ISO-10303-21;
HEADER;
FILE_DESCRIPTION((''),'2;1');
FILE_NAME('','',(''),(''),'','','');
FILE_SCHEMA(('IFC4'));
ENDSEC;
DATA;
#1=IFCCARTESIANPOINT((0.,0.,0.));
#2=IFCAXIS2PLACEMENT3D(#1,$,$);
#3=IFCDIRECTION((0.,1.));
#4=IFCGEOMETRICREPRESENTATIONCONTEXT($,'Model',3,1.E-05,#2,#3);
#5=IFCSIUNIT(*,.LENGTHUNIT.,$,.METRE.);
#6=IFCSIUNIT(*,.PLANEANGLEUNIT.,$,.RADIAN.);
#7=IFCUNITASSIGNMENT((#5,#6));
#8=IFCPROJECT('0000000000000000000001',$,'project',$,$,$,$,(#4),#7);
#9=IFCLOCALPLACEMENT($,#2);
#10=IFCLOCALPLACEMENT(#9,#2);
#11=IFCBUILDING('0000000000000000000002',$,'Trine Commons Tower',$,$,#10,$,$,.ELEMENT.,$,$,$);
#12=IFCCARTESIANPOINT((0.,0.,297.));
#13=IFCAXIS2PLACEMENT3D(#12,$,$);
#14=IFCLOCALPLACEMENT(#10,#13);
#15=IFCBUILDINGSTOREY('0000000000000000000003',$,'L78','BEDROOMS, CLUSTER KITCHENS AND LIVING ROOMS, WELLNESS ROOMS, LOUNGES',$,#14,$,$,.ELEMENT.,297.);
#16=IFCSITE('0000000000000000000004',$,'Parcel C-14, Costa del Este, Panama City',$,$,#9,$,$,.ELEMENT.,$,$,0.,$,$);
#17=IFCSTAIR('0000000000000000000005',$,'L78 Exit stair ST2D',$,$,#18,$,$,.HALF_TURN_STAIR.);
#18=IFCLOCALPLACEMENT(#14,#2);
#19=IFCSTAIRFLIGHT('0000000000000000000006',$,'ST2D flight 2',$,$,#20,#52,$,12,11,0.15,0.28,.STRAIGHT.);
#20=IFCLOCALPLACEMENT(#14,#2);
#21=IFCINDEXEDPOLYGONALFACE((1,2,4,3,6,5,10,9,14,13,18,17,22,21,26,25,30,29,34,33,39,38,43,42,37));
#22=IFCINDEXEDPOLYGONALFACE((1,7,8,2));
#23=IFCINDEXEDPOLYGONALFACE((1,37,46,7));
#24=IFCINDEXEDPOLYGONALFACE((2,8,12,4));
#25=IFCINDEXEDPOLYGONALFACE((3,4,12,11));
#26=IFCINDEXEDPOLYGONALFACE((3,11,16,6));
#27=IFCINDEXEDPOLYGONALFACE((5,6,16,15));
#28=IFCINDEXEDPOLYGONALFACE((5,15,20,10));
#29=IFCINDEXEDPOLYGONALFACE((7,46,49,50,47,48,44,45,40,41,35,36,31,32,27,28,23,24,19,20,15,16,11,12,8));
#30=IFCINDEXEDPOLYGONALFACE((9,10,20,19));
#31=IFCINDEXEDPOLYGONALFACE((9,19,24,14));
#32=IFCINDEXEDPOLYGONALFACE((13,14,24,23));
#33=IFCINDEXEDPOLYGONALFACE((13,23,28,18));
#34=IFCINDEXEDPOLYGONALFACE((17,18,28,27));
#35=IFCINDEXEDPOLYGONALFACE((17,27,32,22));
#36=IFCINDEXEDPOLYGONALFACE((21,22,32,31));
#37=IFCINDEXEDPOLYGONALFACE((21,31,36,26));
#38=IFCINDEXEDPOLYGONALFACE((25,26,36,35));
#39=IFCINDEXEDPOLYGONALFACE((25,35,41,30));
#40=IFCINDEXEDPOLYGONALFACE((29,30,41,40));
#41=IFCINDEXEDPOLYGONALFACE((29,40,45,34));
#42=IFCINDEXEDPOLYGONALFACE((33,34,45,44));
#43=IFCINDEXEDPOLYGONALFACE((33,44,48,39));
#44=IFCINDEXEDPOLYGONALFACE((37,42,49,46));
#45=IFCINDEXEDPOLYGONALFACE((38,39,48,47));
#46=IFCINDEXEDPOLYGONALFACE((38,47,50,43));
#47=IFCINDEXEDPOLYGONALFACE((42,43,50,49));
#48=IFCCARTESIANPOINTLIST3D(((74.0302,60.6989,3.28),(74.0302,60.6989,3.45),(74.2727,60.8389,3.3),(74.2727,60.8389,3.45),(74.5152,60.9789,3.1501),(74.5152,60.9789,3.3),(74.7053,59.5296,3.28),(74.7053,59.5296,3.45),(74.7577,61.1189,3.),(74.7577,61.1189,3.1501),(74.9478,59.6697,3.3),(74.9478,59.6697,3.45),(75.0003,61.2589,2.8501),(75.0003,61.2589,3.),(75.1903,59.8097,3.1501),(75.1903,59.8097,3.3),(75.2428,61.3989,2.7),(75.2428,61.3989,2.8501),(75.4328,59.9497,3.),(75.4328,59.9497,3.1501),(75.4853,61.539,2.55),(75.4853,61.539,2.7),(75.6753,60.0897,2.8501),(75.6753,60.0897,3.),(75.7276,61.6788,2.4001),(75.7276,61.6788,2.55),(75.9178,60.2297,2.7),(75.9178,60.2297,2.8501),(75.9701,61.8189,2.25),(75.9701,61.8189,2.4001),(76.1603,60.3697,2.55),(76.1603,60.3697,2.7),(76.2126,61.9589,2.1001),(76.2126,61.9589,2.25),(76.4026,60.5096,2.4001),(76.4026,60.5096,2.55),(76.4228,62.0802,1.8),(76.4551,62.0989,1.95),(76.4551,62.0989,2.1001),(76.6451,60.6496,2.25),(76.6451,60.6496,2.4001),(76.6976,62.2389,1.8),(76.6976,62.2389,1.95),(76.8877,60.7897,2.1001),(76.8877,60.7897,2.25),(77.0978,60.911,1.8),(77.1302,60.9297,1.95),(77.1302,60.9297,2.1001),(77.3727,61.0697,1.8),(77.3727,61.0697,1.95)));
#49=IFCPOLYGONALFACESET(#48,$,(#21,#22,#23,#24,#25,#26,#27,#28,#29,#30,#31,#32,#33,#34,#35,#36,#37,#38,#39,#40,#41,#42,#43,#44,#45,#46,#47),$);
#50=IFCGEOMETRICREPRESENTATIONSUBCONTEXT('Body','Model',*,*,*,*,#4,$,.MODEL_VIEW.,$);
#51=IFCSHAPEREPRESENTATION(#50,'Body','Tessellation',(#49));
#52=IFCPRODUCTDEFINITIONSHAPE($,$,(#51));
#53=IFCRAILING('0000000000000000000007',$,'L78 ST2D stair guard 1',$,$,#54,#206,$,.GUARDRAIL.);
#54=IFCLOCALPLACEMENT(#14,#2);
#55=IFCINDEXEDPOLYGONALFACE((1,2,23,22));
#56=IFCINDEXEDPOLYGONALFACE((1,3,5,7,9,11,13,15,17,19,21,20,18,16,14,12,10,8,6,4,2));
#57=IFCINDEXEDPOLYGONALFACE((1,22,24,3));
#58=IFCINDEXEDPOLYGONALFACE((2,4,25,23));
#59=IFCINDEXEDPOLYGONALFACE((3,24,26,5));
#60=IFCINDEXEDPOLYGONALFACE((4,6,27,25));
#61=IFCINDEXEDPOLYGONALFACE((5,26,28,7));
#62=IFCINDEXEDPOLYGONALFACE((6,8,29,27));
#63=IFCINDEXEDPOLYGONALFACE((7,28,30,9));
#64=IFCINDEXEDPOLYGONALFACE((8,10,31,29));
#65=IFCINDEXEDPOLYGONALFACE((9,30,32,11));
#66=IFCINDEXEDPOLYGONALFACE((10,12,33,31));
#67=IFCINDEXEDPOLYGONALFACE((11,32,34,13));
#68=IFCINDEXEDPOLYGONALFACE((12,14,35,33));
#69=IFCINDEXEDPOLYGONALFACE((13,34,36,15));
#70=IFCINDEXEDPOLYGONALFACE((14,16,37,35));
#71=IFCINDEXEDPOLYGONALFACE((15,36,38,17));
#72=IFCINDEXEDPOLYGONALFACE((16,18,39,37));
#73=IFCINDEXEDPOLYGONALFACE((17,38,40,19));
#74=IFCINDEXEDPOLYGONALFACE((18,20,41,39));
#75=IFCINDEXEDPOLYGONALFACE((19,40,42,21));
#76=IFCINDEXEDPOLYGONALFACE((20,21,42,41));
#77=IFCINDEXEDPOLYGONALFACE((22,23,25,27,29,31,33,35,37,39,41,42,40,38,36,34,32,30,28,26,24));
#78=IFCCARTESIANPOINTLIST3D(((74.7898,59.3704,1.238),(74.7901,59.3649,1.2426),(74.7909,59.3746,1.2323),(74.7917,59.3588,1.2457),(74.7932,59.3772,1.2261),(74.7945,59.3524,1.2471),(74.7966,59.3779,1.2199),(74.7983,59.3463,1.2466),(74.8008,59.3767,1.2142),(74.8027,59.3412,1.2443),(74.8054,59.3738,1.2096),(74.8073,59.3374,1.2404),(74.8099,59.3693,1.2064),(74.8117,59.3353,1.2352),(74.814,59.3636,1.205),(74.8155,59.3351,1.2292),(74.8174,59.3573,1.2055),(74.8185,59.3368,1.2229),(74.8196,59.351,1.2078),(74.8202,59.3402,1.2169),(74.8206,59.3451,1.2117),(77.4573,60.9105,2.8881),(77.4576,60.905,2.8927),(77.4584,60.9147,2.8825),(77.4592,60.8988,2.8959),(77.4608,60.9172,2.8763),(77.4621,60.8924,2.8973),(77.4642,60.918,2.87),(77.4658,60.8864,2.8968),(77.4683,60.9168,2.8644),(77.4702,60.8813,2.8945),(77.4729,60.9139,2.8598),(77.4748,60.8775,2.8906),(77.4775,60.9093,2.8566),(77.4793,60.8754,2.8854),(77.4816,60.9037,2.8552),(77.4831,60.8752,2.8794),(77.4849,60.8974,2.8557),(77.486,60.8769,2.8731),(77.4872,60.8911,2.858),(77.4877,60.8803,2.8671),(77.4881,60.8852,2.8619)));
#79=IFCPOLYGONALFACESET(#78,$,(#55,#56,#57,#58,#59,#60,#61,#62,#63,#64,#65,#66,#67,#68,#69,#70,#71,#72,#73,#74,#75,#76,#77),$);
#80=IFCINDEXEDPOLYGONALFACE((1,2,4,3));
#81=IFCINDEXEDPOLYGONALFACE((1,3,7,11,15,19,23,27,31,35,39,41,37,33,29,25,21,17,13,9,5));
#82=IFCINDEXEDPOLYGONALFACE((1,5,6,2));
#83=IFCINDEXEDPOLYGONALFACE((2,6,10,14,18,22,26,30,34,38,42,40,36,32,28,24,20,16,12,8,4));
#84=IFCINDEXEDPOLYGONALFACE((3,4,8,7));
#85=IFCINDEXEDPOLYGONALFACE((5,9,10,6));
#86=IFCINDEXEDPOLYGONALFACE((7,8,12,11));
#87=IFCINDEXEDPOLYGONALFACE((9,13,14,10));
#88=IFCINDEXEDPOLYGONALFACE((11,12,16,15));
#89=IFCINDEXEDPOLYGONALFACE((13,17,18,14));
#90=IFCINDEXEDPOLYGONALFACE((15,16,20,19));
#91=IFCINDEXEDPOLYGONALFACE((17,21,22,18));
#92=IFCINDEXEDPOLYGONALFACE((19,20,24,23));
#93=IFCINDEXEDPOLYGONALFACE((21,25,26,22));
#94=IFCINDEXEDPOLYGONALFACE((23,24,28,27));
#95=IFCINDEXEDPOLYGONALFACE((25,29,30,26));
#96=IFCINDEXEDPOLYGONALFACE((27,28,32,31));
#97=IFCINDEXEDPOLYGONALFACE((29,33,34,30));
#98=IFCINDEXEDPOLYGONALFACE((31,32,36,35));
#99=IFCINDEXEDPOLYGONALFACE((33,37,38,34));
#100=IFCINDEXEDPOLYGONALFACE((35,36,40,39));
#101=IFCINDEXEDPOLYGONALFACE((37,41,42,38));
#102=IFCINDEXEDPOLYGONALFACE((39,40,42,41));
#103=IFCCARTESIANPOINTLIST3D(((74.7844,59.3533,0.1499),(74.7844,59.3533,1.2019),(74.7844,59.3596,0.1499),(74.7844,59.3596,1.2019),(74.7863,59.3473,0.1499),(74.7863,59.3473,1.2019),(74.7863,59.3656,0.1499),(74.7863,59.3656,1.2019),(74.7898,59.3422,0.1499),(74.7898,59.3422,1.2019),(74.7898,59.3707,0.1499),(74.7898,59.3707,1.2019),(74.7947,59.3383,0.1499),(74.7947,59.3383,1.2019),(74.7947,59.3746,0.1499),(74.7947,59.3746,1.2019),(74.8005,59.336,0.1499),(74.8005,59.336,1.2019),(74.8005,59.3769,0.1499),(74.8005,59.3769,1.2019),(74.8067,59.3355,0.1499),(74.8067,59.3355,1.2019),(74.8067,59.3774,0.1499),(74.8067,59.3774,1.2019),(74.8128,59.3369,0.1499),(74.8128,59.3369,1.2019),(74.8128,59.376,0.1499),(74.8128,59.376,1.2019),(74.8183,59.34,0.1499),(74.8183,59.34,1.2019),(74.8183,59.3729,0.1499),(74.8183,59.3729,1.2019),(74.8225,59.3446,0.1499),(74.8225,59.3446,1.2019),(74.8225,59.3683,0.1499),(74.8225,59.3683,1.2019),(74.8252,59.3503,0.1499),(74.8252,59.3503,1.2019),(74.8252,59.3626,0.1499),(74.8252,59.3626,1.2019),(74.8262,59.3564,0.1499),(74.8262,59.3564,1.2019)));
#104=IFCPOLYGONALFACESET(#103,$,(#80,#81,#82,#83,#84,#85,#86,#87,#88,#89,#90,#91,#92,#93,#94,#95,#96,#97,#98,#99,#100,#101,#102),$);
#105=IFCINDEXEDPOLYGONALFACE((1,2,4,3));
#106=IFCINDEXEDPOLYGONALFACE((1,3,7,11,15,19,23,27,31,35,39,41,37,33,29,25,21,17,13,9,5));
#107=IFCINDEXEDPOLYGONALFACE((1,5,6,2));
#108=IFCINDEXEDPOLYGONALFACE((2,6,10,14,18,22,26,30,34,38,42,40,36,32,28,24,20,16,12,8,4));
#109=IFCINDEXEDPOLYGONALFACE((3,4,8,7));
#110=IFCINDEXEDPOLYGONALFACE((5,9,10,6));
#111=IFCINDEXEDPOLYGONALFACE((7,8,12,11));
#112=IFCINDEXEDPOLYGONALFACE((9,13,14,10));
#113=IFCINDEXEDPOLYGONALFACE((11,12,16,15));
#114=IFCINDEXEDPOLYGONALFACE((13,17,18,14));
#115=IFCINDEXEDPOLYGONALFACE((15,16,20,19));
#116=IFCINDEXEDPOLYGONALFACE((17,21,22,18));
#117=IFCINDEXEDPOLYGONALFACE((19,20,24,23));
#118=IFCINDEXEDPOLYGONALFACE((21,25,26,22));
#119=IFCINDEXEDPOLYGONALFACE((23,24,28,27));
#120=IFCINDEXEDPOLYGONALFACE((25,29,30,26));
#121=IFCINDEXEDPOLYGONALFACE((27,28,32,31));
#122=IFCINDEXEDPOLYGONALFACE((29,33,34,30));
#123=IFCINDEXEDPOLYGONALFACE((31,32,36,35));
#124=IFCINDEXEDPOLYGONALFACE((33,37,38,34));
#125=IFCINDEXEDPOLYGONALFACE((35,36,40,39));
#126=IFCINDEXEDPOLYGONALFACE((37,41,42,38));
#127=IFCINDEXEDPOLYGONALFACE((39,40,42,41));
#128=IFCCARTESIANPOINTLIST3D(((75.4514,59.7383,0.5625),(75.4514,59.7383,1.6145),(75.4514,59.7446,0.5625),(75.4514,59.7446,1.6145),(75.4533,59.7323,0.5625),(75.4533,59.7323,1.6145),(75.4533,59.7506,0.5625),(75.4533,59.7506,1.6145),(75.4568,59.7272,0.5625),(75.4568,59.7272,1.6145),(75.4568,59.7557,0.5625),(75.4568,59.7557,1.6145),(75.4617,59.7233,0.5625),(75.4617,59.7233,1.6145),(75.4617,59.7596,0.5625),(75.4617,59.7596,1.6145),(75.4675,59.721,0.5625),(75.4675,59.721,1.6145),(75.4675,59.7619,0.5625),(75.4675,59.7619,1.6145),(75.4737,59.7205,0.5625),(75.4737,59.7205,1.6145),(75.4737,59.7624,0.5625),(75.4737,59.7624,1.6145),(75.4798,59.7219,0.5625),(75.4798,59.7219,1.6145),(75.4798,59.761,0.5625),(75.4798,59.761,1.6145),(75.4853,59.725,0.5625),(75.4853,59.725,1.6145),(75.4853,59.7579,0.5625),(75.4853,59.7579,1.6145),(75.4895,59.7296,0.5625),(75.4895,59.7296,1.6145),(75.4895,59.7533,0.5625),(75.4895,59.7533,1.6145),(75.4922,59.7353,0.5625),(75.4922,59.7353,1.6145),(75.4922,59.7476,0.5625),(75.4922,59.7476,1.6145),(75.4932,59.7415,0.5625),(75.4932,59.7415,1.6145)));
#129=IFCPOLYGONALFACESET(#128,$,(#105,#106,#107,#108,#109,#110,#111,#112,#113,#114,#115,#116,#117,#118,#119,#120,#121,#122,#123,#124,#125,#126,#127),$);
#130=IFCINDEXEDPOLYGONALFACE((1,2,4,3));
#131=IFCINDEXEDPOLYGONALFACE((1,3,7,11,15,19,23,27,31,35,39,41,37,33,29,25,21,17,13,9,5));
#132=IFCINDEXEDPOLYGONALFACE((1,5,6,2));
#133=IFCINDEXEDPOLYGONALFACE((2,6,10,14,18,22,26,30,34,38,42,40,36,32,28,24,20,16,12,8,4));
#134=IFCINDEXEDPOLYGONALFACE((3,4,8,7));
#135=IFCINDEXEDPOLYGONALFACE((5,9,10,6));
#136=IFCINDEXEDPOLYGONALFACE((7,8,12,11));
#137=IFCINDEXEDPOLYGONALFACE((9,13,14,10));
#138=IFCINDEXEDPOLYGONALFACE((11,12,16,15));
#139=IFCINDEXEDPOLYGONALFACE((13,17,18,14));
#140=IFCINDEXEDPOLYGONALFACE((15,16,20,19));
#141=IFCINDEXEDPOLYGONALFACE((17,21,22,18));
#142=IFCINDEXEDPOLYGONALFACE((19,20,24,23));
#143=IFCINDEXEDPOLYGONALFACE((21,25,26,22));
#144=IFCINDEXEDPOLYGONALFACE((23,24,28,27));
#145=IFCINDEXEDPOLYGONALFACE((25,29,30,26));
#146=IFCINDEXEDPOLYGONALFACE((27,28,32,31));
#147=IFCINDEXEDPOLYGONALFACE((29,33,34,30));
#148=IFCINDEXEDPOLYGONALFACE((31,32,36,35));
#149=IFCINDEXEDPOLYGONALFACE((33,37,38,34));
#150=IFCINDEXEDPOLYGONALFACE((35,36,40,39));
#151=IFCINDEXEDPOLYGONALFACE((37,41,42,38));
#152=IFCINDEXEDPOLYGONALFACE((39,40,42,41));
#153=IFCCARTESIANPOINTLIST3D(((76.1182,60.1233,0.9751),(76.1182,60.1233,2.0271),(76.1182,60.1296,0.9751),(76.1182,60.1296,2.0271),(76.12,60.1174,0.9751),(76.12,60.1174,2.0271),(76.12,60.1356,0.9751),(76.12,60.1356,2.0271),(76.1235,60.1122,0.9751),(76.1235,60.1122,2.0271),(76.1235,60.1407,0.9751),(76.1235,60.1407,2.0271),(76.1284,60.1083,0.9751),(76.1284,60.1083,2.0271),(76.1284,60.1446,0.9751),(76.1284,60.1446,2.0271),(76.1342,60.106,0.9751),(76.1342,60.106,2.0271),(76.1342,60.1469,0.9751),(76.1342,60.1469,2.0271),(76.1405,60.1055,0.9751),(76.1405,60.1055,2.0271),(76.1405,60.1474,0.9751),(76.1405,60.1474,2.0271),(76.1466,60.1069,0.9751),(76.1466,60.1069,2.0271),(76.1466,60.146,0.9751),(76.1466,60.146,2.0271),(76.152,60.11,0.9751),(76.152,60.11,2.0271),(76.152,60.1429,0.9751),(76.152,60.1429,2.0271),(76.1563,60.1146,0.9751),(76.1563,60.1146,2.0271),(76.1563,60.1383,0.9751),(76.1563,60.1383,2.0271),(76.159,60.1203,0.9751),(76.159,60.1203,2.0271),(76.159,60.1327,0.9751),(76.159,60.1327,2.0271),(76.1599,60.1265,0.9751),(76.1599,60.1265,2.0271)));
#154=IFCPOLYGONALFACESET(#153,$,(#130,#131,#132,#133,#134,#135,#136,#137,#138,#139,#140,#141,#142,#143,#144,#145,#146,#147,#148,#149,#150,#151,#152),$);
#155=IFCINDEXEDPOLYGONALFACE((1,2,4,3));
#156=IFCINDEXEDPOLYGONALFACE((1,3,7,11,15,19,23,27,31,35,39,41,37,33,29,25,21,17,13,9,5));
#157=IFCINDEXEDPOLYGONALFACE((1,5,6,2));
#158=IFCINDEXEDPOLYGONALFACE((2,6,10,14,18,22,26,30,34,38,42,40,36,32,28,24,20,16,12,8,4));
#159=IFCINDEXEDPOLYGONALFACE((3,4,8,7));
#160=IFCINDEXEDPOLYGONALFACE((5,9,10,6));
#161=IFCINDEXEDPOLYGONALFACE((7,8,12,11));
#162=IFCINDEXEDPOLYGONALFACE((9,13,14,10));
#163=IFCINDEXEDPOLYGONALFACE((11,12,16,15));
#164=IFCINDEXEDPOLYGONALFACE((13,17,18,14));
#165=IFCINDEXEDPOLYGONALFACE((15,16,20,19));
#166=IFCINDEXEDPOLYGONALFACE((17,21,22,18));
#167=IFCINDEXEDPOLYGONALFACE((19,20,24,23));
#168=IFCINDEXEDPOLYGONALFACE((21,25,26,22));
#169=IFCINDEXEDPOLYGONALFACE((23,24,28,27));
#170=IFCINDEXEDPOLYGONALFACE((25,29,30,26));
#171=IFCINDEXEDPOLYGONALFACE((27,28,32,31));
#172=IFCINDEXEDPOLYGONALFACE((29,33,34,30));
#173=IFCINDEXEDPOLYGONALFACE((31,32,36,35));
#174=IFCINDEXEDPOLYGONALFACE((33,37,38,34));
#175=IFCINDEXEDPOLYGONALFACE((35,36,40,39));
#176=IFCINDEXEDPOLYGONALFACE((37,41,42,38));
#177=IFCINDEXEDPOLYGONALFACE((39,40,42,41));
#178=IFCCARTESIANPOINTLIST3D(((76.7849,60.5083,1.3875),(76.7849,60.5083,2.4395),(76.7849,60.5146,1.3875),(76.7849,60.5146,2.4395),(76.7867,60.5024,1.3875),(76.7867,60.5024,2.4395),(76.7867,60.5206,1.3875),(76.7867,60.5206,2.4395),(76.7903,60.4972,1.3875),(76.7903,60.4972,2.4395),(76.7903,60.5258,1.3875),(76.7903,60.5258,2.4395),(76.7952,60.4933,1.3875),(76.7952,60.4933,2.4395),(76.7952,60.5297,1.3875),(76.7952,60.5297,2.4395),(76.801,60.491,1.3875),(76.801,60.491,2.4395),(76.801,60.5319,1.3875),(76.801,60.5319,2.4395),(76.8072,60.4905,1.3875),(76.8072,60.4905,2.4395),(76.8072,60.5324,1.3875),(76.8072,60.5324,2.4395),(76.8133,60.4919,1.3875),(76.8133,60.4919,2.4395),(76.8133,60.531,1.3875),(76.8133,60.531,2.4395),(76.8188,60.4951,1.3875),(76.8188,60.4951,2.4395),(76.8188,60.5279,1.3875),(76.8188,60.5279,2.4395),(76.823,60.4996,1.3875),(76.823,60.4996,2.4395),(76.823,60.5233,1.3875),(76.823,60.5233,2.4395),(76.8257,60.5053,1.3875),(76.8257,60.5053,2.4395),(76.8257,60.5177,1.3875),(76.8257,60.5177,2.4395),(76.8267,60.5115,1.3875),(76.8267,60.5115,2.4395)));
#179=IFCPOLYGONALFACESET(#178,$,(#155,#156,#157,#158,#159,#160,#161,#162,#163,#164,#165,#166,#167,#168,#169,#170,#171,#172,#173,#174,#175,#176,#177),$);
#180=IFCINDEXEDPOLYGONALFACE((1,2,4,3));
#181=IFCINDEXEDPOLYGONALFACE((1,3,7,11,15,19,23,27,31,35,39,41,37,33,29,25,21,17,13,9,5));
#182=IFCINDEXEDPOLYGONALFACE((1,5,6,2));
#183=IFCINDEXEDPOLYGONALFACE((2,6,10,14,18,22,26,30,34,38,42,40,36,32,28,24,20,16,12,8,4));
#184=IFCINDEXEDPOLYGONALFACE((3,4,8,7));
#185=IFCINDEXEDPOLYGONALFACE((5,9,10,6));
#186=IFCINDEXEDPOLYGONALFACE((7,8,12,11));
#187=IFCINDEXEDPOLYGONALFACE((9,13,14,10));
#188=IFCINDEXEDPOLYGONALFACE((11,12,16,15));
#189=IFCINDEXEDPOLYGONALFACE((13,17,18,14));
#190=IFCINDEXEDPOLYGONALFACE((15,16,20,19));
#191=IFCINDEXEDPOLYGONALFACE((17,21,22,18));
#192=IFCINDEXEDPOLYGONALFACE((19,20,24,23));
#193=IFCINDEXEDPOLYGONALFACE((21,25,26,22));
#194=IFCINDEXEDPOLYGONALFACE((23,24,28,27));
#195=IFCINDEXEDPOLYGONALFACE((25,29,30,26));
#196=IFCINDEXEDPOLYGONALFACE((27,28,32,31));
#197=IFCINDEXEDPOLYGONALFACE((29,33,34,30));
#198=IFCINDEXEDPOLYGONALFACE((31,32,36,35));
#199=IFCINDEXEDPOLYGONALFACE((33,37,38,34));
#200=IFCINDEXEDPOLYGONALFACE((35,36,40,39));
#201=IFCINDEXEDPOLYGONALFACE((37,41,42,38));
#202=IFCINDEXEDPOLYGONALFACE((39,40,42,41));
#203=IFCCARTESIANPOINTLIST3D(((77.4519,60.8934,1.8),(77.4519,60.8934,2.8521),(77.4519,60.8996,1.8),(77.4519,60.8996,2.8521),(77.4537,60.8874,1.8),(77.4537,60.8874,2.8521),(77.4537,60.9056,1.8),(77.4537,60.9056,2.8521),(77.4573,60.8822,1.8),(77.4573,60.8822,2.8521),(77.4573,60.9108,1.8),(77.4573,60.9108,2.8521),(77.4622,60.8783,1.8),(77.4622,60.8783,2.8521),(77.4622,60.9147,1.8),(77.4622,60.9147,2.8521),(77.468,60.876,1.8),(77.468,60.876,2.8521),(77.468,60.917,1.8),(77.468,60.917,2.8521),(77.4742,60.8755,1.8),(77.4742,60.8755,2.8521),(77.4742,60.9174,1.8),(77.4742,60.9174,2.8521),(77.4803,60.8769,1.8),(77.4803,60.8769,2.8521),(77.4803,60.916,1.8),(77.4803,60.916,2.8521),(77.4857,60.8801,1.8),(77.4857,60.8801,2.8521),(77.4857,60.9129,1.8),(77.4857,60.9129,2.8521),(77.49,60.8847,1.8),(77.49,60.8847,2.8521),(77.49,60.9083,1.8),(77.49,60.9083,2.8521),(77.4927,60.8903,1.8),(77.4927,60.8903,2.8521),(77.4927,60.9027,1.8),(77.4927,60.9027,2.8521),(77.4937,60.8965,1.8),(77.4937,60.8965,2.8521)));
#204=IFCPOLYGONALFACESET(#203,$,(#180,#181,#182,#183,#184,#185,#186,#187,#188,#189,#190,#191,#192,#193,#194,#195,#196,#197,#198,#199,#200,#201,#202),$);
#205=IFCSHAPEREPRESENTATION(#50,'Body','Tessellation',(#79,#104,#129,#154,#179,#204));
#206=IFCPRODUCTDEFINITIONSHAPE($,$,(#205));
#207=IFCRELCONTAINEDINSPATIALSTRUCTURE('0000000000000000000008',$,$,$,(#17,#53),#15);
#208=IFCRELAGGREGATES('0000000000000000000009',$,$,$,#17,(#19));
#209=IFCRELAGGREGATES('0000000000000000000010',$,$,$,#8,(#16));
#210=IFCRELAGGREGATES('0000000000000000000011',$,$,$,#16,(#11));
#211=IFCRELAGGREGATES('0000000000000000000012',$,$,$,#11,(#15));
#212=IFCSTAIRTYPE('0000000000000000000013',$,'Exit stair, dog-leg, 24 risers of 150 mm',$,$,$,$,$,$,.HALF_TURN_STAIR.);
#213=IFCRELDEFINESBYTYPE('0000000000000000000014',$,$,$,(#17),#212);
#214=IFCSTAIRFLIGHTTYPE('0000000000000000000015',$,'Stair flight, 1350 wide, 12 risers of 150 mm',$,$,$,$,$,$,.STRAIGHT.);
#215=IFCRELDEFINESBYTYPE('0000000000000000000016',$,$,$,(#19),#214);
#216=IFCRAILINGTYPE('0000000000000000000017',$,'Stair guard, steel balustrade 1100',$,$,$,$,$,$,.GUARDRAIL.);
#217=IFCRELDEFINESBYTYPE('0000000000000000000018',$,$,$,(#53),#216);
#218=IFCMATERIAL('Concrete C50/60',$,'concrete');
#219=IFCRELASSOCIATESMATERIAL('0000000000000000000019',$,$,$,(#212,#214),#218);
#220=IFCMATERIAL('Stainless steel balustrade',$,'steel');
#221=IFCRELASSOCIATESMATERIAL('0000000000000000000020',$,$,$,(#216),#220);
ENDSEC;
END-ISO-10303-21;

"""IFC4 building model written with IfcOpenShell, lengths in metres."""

from ifc_helpers import new_model, si_unit, direction, frame, origin, origin_2d, place, context, subcontext, project, spatial, polyline, circle, outline, extrude, material, type_object, element, aggregate, save


model = new_model("IFC4")

# Units and contexts
model_context = context("Model", 3, precision=1e-05, world=origin(), true_north=direction((0.0, 1.0)))
body_context = subcontext(model_context, "Body", "Model", "MODEL_VIEW")
ifc_project = project(units=[si_unit("LENGTHUNIT", "METRE"), si_unit("PLANEANGLEUNIT", "RADIAN")], contexts=[model_context])

# Site, building, storey
site_placement = place(None, origin())
site = spatial("IfcSite", under=ifc_project, at=site_placement, Name="Parcel C-14, Costa del Este, Panama City", CompositionType="ELEMENT", RefElevation=0.0)
building_placement = place(site_placement, origin())
building = spatial("IfcBuilding", under=site, at=building_placement, Name="Trine Commons Tower", CompositionType="ELEMENT")
storey_placement = place(building_placement, frame((0.0, 0.0, 297.0)))
storey = spatial("IfcBuildingStorey", under=building, at=storey_placement, Name="L78", Description="BEDROOMS, CLUSTER KITCHENS AND LIVING ROOMS, WELLNESS ROOMS, LOUNGES", CompositionType="ELEMENT", Elevation=297.0)

# Shared definitions
ifc_material_1 = material(Name="Concrete C50/60", Category="concrete")

# Stair, stair flight
stair_type = type_object("IfcStairType", Name="Exit stair, dog-leg, 24 risers of 150 mm", PredefinedType="HALF_TURN_STAIR", material=ifc_material_1)
stair_placement = place(storey_placement, origin())
stair = element("IfcStair", 1, at=stair_placement, inside=storey, type_object=stair_type, Name="L78 Exit stair ST2D", PredefinedType="HALF_TURN_STAIR")
stair_flight_type = type_object("IfcStairFlightType", Name="Stair flight, 1350 wide, 12 risers of 150 mm", PredefinedType="STRAIGHT", material=ifc_material_1)
stair_flight_1_placement = place(storey_placement, frame((77.0352, 61.6543, 1.8), z_axis=(0.0, 0.0, 1.0), x_axis=(-0.866025, -0.5, 0.0)))
stair_flight_1 = element("IfcStairFlight", 2, at=stair_flight_1_placement, type_object=stair_flight_type, Name="ST2D flight 2", NumberOfRisers=12, NumberOfTreads=11, PredefinedType="STRAIGHT", RiserHeight=0.15, TreadLength=0.28, context=body_context, shape_type="SweptSolid", body=[
    extrude(outline(polyline([(0.0, 0.0), (0.0, 0.1499), (0.28, 0.1499), (0.28, 0.3), (0.5601, 0.3), (0.5601, 0.45), (0.8401, 0.45), (0.8401, 0.6001), (1.1201, 0.6001), (1.1201, 0.75), (1.3999, 0.75), (1.3999, 0.8999), (1.6799, 0.8999), (1.6799, 1.05), (1.96, 1.05), (1.96, 1.2), (2.24, 1.2), (2.24, 1.3501), (2.52, 1.3501), (2.52, 1.5), (2.8, 1.5), (2.8, 1.6499), (3.0801, 1.6499), (3.0801, 1.8), (3.0801, 1.48), (0.3174, 0.0), (0.0, 0.0)])), frame((0.0, 0.675, 0.0), z_axis=(0.0, -1.0, 0.0), x_axis=(1.0, 0.0, 0.0)), (0.0, 0.0, 1.0), 1.3501),
])
aggregate(stair, [stair_flight_1])

# Railing
ifc_material_2 = material(Name="Stainless steel balustrade", Category="steel")
railing_type_1 = type_object("IfcRailingType", Name="Stair guard, steel balustrade 1100", PredefinedType="GUARDRAIL", material=ifc_material_2)
railing_1_placement = place(storey_placement, frame((74.8052, 59.3564, 0.1499)))
element("IfcRailing", 3, at=railing_1_placement, inside=storey, type_object=railing_type_1, Name="L78 ST2D stair guard 1", PredefinedType="GUARDRAIL", context=body_context, shape_type="SweptSolid", body=[
    extrude(circle(Radius=0.0239, at=origin_2d()), frame((0.0, 0.0, 1.0762), z_axis=(0.76338, 0.440728, 0.472239), x_axis=(-0.499992, 0.86603, 0.0)), (0.0, 0.0, 1.0), 3.4944),
    extrude(circle(Radius=0.021, at=origin_2d()), origin(), (0.0, 0.0, 1.0), 1.052),
    extrude(circle(Radius=0.021, at=origin_2d()), frame((0.667, 0.385, 0.4126)), (0.0, 0.0, 1.0), 1.052),
    extrude(circle(Radius=0.021, at=origin_2d()), frame((1.3337, 0.77, 0.8252)), (0.0, 0.0, 1.0), 1.052),
    extrude(circle(Radius=0.021, at=origin_2d()), frame((2.0005, 1.155, 1.2375)), (0.0, 0.0, 1.0), 1.052),
    extrude(circle(Radius=0.021, at=origin_2d()), frame((2.6675, 1.54, 1.6501)), (0.0, 0.0, 1.0), 1.052),
])

save(model, "model.ifc")
